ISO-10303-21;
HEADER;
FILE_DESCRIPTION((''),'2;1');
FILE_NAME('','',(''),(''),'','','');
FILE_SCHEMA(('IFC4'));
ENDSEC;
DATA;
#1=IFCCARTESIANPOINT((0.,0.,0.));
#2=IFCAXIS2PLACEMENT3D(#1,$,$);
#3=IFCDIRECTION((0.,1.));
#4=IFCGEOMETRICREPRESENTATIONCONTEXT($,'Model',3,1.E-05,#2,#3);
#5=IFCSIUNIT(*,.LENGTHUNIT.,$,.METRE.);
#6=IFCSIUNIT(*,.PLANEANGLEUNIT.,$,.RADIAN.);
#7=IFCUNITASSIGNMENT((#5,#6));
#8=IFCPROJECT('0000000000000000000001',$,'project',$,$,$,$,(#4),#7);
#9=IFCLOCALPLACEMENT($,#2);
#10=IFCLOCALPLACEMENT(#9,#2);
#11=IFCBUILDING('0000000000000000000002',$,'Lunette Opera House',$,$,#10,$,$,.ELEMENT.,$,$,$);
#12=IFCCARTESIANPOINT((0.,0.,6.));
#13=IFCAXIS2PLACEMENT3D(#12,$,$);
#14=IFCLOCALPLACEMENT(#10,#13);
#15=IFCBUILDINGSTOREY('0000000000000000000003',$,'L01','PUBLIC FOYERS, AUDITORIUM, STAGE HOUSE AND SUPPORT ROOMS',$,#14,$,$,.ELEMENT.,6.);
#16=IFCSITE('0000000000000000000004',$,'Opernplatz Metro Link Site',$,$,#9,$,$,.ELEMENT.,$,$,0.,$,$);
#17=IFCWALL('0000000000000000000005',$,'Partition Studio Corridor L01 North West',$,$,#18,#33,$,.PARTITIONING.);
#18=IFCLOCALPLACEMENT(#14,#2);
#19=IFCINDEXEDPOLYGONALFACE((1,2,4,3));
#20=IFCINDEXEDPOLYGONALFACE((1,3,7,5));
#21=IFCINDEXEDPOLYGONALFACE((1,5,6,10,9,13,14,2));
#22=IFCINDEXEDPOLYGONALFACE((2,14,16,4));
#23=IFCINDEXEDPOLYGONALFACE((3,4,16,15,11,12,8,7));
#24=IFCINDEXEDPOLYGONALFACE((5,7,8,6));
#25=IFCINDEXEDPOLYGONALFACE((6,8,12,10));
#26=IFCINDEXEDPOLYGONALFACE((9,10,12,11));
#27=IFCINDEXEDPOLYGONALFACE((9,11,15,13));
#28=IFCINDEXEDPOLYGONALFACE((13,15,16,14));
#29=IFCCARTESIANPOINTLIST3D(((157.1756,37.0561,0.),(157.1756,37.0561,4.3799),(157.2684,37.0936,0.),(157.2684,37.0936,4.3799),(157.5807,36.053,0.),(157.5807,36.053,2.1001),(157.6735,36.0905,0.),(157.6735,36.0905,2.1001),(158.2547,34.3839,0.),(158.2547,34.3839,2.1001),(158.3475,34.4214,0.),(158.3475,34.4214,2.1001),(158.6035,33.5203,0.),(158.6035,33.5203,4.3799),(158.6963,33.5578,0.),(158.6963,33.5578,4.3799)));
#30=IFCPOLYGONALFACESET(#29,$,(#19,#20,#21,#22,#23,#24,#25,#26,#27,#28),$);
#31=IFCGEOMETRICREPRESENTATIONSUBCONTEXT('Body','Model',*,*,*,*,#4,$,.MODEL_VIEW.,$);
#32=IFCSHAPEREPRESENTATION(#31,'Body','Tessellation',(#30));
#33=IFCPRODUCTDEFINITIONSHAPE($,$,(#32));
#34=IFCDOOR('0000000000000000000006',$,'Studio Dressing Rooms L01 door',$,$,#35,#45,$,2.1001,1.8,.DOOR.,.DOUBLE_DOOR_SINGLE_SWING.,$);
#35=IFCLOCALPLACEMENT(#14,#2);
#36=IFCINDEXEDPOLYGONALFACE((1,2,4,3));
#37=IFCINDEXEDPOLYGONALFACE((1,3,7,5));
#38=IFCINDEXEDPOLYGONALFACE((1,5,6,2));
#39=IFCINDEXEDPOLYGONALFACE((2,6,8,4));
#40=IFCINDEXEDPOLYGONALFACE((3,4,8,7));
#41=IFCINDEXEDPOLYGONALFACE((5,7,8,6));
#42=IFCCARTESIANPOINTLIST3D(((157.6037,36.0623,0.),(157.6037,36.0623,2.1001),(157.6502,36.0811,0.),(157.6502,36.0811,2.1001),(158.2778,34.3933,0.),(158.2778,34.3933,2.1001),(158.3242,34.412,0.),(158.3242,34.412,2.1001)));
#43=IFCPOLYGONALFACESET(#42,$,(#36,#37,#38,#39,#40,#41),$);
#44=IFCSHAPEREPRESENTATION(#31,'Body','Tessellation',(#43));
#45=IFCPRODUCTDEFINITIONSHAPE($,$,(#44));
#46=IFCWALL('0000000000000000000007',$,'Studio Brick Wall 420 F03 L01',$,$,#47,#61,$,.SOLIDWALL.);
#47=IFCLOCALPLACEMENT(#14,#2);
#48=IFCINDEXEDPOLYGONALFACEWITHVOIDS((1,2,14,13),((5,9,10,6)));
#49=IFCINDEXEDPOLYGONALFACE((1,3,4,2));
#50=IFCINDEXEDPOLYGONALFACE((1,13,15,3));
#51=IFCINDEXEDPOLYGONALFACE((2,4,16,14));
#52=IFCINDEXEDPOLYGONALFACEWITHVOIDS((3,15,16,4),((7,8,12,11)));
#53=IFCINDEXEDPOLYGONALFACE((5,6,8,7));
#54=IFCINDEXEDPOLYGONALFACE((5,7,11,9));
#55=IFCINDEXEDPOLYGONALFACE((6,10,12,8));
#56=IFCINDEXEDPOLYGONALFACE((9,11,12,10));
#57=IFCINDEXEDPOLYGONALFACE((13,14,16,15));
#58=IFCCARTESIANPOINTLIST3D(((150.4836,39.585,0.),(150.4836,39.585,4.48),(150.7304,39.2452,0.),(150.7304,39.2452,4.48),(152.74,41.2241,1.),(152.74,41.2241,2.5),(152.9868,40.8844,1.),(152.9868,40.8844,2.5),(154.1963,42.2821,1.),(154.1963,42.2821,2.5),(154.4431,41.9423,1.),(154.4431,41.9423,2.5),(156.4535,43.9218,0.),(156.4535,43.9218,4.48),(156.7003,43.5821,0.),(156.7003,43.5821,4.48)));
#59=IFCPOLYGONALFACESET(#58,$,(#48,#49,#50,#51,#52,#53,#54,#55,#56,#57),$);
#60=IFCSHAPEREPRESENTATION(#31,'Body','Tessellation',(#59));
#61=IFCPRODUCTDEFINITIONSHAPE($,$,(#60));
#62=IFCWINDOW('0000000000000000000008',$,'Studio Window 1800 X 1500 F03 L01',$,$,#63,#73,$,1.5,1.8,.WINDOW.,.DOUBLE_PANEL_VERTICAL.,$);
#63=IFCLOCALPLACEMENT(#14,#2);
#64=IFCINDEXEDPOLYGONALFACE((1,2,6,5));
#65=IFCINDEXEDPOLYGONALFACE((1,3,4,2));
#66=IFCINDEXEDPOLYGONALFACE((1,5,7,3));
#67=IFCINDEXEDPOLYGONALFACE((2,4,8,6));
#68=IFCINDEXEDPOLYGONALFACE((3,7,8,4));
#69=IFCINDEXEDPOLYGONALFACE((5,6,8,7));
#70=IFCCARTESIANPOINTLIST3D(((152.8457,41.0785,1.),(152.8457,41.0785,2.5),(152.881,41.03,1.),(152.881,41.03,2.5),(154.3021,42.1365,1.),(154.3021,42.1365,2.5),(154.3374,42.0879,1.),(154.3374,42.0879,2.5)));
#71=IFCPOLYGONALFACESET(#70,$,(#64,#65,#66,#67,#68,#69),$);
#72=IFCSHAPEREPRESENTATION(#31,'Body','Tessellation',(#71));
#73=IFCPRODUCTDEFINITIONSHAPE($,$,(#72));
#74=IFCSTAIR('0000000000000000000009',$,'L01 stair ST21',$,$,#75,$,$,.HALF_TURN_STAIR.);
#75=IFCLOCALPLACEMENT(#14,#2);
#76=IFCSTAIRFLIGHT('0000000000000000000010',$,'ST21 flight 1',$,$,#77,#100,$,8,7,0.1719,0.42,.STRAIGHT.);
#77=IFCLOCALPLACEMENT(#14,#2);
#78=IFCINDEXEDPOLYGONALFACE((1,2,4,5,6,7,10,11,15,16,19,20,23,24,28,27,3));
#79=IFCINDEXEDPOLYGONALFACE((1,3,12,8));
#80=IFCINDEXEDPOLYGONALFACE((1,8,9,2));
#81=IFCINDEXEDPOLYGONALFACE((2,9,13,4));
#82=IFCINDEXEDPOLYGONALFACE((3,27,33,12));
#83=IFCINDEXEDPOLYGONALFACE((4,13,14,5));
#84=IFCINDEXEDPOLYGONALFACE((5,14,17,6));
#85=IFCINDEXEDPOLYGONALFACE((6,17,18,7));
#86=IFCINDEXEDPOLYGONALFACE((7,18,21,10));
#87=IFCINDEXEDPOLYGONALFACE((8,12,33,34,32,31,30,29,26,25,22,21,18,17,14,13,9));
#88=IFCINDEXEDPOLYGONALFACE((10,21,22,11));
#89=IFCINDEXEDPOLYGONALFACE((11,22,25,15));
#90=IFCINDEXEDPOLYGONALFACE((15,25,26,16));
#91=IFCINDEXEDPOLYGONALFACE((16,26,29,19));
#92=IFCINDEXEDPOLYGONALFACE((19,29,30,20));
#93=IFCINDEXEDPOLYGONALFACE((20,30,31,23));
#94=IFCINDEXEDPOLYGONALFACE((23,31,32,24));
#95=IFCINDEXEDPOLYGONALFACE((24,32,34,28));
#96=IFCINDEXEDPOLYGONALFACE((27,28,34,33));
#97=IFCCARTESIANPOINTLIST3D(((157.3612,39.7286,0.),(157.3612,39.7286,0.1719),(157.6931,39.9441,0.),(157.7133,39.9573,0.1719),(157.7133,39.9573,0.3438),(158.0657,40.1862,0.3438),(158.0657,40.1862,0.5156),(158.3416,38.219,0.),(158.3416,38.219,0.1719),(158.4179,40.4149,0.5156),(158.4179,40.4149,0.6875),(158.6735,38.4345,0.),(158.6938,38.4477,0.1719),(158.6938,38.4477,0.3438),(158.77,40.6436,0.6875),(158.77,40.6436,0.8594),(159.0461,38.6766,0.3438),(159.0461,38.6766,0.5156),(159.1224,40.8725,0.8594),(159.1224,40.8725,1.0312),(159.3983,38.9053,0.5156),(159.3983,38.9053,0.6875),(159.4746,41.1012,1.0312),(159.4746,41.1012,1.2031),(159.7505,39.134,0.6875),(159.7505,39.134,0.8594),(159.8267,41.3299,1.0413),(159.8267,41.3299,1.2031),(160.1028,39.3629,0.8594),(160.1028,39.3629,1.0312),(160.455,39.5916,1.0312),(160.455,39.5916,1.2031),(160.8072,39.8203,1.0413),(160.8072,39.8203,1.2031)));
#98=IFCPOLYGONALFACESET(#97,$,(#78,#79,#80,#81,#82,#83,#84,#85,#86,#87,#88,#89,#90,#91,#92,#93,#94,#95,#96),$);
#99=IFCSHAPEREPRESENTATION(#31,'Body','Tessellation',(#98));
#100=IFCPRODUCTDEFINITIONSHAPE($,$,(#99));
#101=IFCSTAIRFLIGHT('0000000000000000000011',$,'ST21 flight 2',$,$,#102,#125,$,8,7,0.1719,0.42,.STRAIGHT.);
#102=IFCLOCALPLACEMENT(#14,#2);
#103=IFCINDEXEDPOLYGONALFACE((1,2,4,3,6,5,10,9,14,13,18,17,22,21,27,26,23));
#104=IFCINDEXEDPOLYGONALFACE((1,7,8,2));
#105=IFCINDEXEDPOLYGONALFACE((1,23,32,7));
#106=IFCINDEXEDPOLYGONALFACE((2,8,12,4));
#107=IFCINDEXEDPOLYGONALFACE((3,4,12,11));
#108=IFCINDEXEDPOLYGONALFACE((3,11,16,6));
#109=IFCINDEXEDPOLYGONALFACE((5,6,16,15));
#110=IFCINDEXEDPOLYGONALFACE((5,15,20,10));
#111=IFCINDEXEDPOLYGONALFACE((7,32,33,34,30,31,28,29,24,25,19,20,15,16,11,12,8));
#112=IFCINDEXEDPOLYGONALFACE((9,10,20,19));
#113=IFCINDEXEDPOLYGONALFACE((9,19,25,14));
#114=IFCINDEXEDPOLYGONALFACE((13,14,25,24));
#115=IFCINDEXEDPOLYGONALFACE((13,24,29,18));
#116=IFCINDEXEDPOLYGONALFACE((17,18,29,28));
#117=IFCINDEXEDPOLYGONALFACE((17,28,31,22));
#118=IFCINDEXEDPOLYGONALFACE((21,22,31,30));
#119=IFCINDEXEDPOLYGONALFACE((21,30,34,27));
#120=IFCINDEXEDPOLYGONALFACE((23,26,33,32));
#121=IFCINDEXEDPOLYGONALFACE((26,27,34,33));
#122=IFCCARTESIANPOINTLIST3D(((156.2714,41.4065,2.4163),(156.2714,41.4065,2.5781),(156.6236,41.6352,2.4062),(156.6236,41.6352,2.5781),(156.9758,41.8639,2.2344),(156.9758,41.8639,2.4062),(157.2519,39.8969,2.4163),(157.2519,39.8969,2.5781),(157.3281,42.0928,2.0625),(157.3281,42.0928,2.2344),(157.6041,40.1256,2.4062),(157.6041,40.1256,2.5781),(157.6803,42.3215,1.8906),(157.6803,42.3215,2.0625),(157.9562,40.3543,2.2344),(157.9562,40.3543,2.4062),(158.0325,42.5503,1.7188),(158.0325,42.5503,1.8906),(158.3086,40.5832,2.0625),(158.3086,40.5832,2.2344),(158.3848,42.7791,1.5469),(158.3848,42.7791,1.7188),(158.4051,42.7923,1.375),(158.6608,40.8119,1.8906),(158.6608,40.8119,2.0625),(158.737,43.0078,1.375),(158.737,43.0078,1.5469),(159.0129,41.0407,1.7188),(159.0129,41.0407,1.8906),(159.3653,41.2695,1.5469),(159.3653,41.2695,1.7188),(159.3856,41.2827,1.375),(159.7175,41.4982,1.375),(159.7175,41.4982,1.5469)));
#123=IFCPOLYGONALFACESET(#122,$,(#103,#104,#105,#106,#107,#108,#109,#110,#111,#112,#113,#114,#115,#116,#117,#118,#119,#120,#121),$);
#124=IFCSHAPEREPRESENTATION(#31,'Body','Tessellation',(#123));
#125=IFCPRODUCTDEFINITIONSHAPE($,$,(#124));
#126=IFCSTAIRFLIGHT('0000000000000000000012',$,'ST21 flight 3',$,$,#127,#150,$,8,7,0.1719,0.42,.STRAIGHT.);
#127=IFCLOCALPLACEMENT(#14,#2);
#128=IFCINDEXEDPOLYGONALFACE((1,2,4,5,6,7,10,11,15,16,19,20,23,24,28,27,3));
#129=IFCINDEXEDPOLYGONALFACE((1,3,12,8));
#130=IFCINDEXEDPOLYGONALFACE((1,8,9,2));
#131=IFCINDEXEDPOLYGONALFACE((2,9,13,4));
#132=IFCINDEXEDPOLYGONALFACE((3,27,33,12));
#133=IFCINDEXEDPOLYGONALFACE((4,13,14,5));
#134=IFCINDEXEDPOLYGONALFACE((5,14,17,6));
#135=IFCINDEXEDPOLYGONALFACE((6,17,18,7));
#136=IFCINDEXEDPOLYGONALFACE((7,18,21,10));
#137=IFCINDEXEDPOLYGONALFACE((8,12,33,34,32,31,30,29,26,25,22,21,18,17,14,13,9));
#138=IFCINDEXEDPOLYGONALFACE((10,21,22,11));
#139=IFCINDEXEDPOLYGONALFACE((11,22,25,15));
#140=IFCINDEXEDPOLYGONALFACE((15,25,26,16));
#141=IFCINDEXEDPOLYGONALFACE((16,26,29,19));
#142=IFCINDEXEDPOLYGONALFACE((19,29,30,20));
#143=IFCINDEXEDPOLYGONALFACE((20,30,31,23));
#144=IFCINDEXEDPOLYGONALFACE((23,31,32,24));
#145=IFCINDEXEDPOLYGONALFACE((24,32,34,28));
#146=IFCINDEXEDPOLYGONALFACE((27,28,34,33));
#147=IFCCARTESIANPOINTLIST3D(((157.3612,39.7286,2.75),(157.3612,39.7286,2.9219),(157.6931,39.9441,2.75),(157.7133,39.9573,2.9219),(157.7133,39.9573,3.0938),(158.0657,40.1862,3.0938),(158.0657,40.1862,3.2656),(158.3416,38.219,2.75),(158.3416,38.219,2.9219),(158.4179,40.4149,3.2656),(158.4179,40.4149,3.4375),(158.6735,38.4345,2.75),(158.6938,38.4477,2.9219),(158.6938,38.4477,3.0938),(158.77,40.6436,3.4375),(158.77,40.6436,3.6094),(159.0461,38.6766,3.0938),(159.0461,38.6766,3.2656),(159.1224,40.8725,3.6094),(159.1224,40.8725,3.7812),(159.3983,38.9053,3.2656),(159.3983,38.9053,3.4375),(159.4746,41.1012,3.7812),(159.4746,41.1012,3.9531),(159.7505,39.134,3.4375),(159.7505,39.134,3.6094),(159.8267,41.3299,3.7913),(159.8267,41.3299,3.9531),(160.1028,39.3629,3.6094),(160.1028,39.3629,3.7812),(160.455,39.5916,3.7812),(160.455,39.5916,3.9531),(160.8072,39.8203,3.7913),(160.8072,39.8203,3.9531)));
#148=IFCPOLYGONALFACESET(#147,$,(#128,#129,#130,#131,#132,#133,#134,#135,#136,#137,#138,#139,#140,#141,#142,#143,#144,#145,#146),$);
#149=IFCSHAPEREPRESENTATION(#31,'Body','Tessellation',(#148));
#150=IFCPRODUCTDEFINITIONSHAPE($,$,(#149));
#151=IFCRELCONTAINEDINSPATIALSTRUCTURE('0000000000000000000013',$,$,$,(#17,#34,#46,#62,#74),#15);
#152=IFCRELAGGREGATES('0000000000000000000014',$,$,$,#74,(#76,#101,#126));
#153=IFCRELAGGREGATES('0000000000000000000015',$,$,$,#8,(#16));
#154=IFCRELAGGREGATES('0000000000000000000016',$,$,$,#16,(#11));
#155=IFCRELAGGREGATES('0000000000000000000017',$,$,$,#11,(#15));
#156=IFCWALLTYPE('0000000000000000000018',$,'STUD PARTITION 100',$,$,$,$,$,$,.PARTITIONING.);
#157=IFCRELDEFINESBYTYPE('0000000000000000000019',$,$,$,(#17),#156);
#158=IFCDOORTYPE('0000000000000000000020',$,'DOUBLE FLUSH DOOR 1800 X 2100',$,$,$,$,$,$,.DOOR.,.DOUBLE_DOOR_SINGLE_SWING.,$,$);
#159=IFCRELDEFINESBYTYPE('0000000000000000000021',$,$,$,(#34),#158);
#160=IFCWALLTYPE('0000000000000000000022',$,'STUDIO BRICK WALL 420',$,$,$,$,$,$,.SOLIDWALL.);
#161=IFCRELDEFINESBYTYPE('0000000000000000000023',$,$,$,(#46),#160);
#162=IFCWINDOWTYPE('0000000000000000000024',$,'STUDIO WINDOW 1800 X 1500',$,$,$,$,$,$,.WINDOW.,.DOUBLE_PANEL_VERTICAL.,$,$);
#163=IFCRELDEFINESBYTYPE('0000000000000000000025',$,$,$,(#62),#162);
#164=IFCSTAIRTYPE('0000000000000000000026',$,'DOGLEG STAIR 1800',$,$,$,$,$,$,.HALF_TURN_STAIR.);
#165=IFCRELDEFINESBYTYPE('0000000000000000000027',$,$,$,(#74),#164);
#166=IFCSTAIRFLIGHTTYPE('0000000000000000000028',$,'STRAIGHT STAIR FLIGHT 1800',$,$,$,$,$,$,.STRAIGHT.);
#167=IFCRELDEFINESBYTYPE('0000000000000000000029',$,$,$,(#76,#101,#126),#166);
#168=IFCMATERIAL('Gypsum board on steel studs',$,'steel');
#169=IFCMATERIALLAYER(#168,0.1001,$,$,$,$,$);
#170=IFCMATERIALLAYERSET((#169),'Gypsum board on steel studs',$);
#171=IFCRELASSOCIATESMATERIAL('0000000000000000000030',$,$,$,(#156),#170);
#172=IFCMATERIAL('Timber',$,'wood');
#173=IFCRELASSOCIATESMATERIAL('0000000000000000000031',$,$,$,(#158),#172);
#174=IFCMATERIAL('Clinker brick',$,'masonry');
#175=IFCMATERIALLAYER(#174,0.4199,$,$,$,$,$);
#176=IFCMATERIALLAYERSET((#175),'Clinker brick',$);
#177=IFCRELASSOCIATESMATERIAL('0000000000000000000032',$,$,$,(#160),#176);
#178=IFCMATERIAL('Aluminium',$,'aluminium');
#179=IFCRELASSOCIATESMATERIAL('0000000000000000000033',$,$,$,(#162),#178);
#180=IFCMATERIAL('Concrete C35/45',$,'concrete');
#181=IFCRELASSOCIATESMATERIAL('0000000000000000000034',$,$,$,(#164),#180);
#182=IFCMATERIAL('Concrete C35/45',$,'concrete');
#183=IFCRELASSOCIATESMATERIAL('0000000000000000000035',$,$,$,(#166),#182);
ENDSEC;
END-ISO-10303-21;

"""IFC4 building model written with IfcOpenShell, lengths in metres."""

from ifc_helpers import new_model, si_unit, direction, frame, frame_2d, origin, place, context, subcontext, project, spatial, polyline, rectangle, outline, extrude, material, layer, layer_set, type_object, element, fill, aggregate, save


model = new_model("IFC4")

# Units and contexts
model_context = context("Model", 3, precision=1e-05, world=origin(), true_north=direction((0.0, 1.0)))
body_context = subcontext(model_context, "Body", "Model", "MODEL_VIEW")
ifc_project = project(units=[si_unit("LENGTHUNIT", "METRE"), si_unit("PLANEANGLEUNIT", "RADIAN")], contexts=[model_context])

# Site, building, storey
site_placement = place(None, origin())
site = spatial("IfcSite", under=ifc_project, at=site_placement, Name="Opernplatz Metro Link Site", CompositionType="ELEMENT", RefElevation=0.0)
building_placement = place(site_placement, origin())
building = spatial("IfcBuilding", under=site, at=building_placement, Name="Lunette Opera House", CompositionType="ELEMENT")
storey_placement = place(building_placement, frame((0.0, 0.0, 6.0)))
storey = spatial("IfcBuildingStorey", under=building, at=storey_placement, Name="L01", Description="PUBLIC FOYERS, AUDITORIUM, STAGE HOUSE AND SUPPORT ROOMS", CompositionType="ELEMENT", Elevation=6.0)

# Wall, opening, door
ifc_material_1 = material(Name="Gypsum board on steel studs", Category="steel")
ifc_layer_1 = layer(ifc_material_1, 0.1001)
ifc_layer_set_1 = layer_set([ifc_layer_1], Name="Gypsum board on steel studs")
wall_type_1 = type_object("IfcWallType", Name="STUD PARTITION 100", PredefinedType="PARTITIONING", material=ifc_layer_set_1)
wall_1_placement = place(storey_placement, frame((157.2219, 37.075, 0.0), z_axis=(0.0, 0.0, 1.0), x_axis=(0.374468, -0.92724, 0.0)))
wall_1 = element("IfcWall", 1, at=wall_1_placement, inside=storey, type_object=wall_type_1, Name="Partition Studio Corridor L01 North West", PredefinedType="PARTITIONING", context=body_context, shape_type="SweptSolid", body=[
    extrude(rectangle(XDim=3.8132, YDim=0.1001, at=frame_2d((1.9067, 0.0))), origin(), (0.0, 0.0, 1.0), 4.3799),
])
opening_1_placement = place(wall_1_placement, frame((1.082, 0.0, 0.0)))
opening_1 = element("IfcOpeningElement", 2, at=opening_1_placement, cuts=wall_1, PredefinedType="OPENING", context=body_context, shape_type="SweptSolid", body=[
    extrude(rectangle(XDim=1.8, YDim=2.1001, at=frame_2d((0.8999, 1.05))), frame((0.0, 0.062, 0.0), z_axis=(0.0, -1.0, 0.0), x_axis=(1.0, 0.0, 0.0)), (0.0, 0.0, 1.0), 0.124),
])
ifc_material_2 = material(Name="Timber", Category="wood")
door_type_1 = type_object("IfcDoorType", Name="DOUBLE FLUSH DOOR 1800 X 2100", OperationType="DOUBLE_DOOR_SINGLE_SWING", PredefinedType="DOOR", material=ifc_material_2)
door_1_placement = place(opening_1_placement, origin())
door_1 = element("IfcDoor", 3, at=door_1_placement, inside=storey, type_object=door_type_1, Name="Studio Dressing Rooms L01 door", OperationType="DOUBLE_DOOR_SINGLE_SWING", OverallHeight=2.1001, OverallWidth=1.8, PredefinedType="DOOR", context=body_context, shape_type="SweptSolid", body=[
    extrude(rectangle(XDim=1.8, YDim=2.1001, at=frame_2d((0.8999, 1.05))), frame((0.0, 0.0249, 0.0), z_axis=(0.0, -1.0, 0.0), x_axis=(1.0, 0.0, 0.0)), (0.0, 0.0, 1.0), 0.05),
])
fill(opening_1, door_1)

# Wall, opening, window
ifc_material_3 = material(Name="Clinker brick", Category="masonry")
ifc_layer_2 = layer(ifc_material_3, 0.4199)
ifc_layer_set_2 = layer_set([ifc_layer_2], Name="Clinker brick")
wall_type_2 = type_object("IfcWallType", Name="STUDIO BRICK WALL 420", PredefinedType="SOLIDWALL", material=ifc_layer_set_2)
wall_2_placement = place(storey_placement, frame((156.5769, 43.752, 0.0), z_axis=(0.0, 0.0, 1.0), x_axis=(-0.809051, -0.587739, 0.0)))
wall_2 = element("IfcWall", 4, at=wall_2_placement, inside=storey, type_object=wall_type_2, Name="Studio Brick Wall 420 F03 L01", PredefinedType="SOLIDWALL", context=body_context, shape_type="SweptSolid", body=[
    extrude(rectangle(XDim=7.3789, YDim=0.4199, at=frame_2d((3.6895, 0.0))), origin(), (0.0, 0.0, 1.0), 4.48),
])
opening_2_placement = place(wall_2_placement, frame((2.79, 0.0, 1.0)))
opening_2 = element("IfcOpeningElement", 5, at=opening_2_placement, cuts=wall_2, PredefinedType="OPENING", context=body_context, shape_type="SweptSolid", body=[
    extrude(rectangle(XDim=1.8, YDim=1.5, at=frame_2d((0.8999, 0.75))), frame((0.0, 0.2219, 0.0), z_axis=(0.0, -1.0, 0.0), x_axis=(1.0, 0.0, 0.0)), (0.0, 0.0, 1.0), 0.4438),
])
ifc_material_4 = material(Name="Aluminium", Category="aluminium")
window_type = type_object("IfcWindowType", Name="STUDIO WINDOW 1800 X 1500", PartitioningType="DOUBLE_PANEL_VERTICAL", PredefinedType="WINDOW", material=ifc_material_4)
window_placement = place(opening_2_placement, origin())
window = element("IfcWindow", 6, at=window_placement, inside=storey, type_object=window_type, Name="Studio Window 1800 X 1500 F03 L01", OverallHeight=1.5, OverallWidth=1.8, PartitioningType="DOUBLE_PANEL_VERTICAL", PredefinedType="WINDOW", context=body_context, shape_type="SweptSolid", body=[
    extrude(rectangle(XDim=1.8, YDim=1.5, at=frame_2d((0.8999, 0.75))), frame((0.0, 0.03, 0.0), z_axis=(0.0, -1.0, 0.0), x_axis=(1.0, 0.0, 0.0)), (0.0, 0.0, 1.0), 0.0601),
])
fill(opening_2, window)

# Stair, stair flights
ifc_material_5 = material(Name="Concrete C35/45", Category="concrete")
stair_type = type_object("IfcStairType", Name="DOGLEG STAIR 1800", PredefinedType="HALF_TURN_STAIR", material=ifc_material_5)
stair_placement = place(storey_placement, origin())
stair = element("IfcStair", 7, at=stair_placement, inside=storey, type_object=stair_type, Name="L01 stair ST21", PredefinedType="HALF_TURN_STAIR")
ifc_material_6 = material(Name="Concrete C35/45", Category="concrete")
stair_flight_type = type_object("IfcStairFlightType", Name="STRAIGHT STAIR FLIGHT 1800", PredefinedType="STRAIGHT", material=ifc_material_6)
stair_flight_1_placement = place(storey_placement, frame((157.8513, 38.9739, 0.0), z_axis=(0.0, 0.0, 1.0), x_axis=(0.838643, 0.544681, 0.0)))
stair_flight_1 = element("IfcStairFlight", 8, at=stair_flight_1_placement, type_object=stair_flight_type, Name="ST21 flight 1", NumberOfRisers=8, NumberOfTreads=7, PredefinedType="STRAIGHT", RiserHeight=0.1719, TreadLength=0.42, context=body_context, shape_type="SweptSolid", body=[
    extrude(outline(polyline([(0.0, 0.0), (0.0, 0.1719), (0.4199, 0.1719), (0.4199, 0.3438), (0.8401, 0.3438), (0.8401, 0.5156), (1.26, 0.5156), (1.26, 0.6875), (1.6799, 0.6875), (1.6799, 0.8594), (2.1001, 0.8594), (2.1001, 1.0312), (2.52, 1.0312), (2.52, 1.2031), (2.9399, 1.2031), (2.9399, 1.375), (2.9399, 1.0413), (0.3958, 0.0), (0.0, 0.0)])), frame((0.0, 0.8999, 0.0), z_axis=(0.0, -1.0, 0.0), x_axis=(1.0, 0.0, 0.0)), (0.0, 0.0, 1.0), 1.8),
])
stair_flight_2_placement = place(storey_placement, frame((159.2273, 42.2529, 1.375), z_axis=(0.0, 0.0, 1.0), x_axis=(-0.838643, -0.544681, 0.0)))
stair_flight_2 = element("IfcStairFlight", 9, at=stair_flight_2_placement, type_object=stair_flight_type, Name="ST21 flight 2", NumberOfRisers=8, NumberOfTreads=7, PredefinedType="STRAIGHT", RiserHeight=0.1719, TreadLength=0.42, context=body_context, shape_type="SweptSolid", body=[
    extrude(outline(polyline([(0.0, 0.0), (0.0, 0.1719), (0.4199, 0.1719), (0.4199, 0.3438), (0.8401, 0.3438), (0.8401, 0.5156), (1.26, 0.5156), (1.26, 0.6875), (1.6799, 0.6875), (1.6799, 0.8594), (2.1001, 0.8594), (2.1001, 1.0312), (2.52, 1.0312), (2.52, 1.2031), (2.9399, 1.2031), (2.9399, 1.375), (2.9399, 1.0413), (0.3958, 0.0), (0.0, 0.0)])), frame((0.0, 0.8999, 0.0), z_axis=(0.0, -1.0, 0.0), x_axis=(1.0, 0.0, 0.0)), (0.0, 0.0, 1.0), 1.8),
])
stair_flight_3_placement = place(storey_placement, frame((157.8513, 38.9739, 2.75), z_axis=(0.0, 0.0, 1.0), x_axis=(0.838643, 0.544681, 0.0)))
stair_flight_3 = element("IfcStairFlight", 10, at=stair_flight_3_placement, type_object=stair_flight_type, Name="ST21 flight 3", NumberOfRisers=8, NumberOfTreads=7, PredefinedType="STRAIGHT", RiserHeight=0.1719, TreadLength=0.42, context=body_context, shape_type="SweptSolid", body=[
    extrude(outline(polyline([(0.0, 0.0), (0.0, 0.1719), (0.4199, 0.1719), (0.4199, 0.3438), (0.8401, 0.3438), (0.8401, 0.5156), (1.26, 0.5156), (1.26, 0.6875), (1.6799, 0.6875), (1.6799, 0.8594), (2.1001, 0.8594), (2.1001, 1.0312), (2.52, 1.0312), (2.52, 1.2031), (2.9399, 1.2031), (2.9399, 1.375), (2.9399, 1.0413), (0.3958, 0.0), (0.0, 0.0)])), frame((0.0, 0.8999, 0.0), z_axis=(0.0, -1.0, 0.0), x_axis=(1.0, 0.0, 0.0)), (0.0, 0.0, 1.0), 1.8),
])
aggregate(stair, [stair_flight_1, stair_flight_2, stair_flight_3])

save(model, "model.ifc")
